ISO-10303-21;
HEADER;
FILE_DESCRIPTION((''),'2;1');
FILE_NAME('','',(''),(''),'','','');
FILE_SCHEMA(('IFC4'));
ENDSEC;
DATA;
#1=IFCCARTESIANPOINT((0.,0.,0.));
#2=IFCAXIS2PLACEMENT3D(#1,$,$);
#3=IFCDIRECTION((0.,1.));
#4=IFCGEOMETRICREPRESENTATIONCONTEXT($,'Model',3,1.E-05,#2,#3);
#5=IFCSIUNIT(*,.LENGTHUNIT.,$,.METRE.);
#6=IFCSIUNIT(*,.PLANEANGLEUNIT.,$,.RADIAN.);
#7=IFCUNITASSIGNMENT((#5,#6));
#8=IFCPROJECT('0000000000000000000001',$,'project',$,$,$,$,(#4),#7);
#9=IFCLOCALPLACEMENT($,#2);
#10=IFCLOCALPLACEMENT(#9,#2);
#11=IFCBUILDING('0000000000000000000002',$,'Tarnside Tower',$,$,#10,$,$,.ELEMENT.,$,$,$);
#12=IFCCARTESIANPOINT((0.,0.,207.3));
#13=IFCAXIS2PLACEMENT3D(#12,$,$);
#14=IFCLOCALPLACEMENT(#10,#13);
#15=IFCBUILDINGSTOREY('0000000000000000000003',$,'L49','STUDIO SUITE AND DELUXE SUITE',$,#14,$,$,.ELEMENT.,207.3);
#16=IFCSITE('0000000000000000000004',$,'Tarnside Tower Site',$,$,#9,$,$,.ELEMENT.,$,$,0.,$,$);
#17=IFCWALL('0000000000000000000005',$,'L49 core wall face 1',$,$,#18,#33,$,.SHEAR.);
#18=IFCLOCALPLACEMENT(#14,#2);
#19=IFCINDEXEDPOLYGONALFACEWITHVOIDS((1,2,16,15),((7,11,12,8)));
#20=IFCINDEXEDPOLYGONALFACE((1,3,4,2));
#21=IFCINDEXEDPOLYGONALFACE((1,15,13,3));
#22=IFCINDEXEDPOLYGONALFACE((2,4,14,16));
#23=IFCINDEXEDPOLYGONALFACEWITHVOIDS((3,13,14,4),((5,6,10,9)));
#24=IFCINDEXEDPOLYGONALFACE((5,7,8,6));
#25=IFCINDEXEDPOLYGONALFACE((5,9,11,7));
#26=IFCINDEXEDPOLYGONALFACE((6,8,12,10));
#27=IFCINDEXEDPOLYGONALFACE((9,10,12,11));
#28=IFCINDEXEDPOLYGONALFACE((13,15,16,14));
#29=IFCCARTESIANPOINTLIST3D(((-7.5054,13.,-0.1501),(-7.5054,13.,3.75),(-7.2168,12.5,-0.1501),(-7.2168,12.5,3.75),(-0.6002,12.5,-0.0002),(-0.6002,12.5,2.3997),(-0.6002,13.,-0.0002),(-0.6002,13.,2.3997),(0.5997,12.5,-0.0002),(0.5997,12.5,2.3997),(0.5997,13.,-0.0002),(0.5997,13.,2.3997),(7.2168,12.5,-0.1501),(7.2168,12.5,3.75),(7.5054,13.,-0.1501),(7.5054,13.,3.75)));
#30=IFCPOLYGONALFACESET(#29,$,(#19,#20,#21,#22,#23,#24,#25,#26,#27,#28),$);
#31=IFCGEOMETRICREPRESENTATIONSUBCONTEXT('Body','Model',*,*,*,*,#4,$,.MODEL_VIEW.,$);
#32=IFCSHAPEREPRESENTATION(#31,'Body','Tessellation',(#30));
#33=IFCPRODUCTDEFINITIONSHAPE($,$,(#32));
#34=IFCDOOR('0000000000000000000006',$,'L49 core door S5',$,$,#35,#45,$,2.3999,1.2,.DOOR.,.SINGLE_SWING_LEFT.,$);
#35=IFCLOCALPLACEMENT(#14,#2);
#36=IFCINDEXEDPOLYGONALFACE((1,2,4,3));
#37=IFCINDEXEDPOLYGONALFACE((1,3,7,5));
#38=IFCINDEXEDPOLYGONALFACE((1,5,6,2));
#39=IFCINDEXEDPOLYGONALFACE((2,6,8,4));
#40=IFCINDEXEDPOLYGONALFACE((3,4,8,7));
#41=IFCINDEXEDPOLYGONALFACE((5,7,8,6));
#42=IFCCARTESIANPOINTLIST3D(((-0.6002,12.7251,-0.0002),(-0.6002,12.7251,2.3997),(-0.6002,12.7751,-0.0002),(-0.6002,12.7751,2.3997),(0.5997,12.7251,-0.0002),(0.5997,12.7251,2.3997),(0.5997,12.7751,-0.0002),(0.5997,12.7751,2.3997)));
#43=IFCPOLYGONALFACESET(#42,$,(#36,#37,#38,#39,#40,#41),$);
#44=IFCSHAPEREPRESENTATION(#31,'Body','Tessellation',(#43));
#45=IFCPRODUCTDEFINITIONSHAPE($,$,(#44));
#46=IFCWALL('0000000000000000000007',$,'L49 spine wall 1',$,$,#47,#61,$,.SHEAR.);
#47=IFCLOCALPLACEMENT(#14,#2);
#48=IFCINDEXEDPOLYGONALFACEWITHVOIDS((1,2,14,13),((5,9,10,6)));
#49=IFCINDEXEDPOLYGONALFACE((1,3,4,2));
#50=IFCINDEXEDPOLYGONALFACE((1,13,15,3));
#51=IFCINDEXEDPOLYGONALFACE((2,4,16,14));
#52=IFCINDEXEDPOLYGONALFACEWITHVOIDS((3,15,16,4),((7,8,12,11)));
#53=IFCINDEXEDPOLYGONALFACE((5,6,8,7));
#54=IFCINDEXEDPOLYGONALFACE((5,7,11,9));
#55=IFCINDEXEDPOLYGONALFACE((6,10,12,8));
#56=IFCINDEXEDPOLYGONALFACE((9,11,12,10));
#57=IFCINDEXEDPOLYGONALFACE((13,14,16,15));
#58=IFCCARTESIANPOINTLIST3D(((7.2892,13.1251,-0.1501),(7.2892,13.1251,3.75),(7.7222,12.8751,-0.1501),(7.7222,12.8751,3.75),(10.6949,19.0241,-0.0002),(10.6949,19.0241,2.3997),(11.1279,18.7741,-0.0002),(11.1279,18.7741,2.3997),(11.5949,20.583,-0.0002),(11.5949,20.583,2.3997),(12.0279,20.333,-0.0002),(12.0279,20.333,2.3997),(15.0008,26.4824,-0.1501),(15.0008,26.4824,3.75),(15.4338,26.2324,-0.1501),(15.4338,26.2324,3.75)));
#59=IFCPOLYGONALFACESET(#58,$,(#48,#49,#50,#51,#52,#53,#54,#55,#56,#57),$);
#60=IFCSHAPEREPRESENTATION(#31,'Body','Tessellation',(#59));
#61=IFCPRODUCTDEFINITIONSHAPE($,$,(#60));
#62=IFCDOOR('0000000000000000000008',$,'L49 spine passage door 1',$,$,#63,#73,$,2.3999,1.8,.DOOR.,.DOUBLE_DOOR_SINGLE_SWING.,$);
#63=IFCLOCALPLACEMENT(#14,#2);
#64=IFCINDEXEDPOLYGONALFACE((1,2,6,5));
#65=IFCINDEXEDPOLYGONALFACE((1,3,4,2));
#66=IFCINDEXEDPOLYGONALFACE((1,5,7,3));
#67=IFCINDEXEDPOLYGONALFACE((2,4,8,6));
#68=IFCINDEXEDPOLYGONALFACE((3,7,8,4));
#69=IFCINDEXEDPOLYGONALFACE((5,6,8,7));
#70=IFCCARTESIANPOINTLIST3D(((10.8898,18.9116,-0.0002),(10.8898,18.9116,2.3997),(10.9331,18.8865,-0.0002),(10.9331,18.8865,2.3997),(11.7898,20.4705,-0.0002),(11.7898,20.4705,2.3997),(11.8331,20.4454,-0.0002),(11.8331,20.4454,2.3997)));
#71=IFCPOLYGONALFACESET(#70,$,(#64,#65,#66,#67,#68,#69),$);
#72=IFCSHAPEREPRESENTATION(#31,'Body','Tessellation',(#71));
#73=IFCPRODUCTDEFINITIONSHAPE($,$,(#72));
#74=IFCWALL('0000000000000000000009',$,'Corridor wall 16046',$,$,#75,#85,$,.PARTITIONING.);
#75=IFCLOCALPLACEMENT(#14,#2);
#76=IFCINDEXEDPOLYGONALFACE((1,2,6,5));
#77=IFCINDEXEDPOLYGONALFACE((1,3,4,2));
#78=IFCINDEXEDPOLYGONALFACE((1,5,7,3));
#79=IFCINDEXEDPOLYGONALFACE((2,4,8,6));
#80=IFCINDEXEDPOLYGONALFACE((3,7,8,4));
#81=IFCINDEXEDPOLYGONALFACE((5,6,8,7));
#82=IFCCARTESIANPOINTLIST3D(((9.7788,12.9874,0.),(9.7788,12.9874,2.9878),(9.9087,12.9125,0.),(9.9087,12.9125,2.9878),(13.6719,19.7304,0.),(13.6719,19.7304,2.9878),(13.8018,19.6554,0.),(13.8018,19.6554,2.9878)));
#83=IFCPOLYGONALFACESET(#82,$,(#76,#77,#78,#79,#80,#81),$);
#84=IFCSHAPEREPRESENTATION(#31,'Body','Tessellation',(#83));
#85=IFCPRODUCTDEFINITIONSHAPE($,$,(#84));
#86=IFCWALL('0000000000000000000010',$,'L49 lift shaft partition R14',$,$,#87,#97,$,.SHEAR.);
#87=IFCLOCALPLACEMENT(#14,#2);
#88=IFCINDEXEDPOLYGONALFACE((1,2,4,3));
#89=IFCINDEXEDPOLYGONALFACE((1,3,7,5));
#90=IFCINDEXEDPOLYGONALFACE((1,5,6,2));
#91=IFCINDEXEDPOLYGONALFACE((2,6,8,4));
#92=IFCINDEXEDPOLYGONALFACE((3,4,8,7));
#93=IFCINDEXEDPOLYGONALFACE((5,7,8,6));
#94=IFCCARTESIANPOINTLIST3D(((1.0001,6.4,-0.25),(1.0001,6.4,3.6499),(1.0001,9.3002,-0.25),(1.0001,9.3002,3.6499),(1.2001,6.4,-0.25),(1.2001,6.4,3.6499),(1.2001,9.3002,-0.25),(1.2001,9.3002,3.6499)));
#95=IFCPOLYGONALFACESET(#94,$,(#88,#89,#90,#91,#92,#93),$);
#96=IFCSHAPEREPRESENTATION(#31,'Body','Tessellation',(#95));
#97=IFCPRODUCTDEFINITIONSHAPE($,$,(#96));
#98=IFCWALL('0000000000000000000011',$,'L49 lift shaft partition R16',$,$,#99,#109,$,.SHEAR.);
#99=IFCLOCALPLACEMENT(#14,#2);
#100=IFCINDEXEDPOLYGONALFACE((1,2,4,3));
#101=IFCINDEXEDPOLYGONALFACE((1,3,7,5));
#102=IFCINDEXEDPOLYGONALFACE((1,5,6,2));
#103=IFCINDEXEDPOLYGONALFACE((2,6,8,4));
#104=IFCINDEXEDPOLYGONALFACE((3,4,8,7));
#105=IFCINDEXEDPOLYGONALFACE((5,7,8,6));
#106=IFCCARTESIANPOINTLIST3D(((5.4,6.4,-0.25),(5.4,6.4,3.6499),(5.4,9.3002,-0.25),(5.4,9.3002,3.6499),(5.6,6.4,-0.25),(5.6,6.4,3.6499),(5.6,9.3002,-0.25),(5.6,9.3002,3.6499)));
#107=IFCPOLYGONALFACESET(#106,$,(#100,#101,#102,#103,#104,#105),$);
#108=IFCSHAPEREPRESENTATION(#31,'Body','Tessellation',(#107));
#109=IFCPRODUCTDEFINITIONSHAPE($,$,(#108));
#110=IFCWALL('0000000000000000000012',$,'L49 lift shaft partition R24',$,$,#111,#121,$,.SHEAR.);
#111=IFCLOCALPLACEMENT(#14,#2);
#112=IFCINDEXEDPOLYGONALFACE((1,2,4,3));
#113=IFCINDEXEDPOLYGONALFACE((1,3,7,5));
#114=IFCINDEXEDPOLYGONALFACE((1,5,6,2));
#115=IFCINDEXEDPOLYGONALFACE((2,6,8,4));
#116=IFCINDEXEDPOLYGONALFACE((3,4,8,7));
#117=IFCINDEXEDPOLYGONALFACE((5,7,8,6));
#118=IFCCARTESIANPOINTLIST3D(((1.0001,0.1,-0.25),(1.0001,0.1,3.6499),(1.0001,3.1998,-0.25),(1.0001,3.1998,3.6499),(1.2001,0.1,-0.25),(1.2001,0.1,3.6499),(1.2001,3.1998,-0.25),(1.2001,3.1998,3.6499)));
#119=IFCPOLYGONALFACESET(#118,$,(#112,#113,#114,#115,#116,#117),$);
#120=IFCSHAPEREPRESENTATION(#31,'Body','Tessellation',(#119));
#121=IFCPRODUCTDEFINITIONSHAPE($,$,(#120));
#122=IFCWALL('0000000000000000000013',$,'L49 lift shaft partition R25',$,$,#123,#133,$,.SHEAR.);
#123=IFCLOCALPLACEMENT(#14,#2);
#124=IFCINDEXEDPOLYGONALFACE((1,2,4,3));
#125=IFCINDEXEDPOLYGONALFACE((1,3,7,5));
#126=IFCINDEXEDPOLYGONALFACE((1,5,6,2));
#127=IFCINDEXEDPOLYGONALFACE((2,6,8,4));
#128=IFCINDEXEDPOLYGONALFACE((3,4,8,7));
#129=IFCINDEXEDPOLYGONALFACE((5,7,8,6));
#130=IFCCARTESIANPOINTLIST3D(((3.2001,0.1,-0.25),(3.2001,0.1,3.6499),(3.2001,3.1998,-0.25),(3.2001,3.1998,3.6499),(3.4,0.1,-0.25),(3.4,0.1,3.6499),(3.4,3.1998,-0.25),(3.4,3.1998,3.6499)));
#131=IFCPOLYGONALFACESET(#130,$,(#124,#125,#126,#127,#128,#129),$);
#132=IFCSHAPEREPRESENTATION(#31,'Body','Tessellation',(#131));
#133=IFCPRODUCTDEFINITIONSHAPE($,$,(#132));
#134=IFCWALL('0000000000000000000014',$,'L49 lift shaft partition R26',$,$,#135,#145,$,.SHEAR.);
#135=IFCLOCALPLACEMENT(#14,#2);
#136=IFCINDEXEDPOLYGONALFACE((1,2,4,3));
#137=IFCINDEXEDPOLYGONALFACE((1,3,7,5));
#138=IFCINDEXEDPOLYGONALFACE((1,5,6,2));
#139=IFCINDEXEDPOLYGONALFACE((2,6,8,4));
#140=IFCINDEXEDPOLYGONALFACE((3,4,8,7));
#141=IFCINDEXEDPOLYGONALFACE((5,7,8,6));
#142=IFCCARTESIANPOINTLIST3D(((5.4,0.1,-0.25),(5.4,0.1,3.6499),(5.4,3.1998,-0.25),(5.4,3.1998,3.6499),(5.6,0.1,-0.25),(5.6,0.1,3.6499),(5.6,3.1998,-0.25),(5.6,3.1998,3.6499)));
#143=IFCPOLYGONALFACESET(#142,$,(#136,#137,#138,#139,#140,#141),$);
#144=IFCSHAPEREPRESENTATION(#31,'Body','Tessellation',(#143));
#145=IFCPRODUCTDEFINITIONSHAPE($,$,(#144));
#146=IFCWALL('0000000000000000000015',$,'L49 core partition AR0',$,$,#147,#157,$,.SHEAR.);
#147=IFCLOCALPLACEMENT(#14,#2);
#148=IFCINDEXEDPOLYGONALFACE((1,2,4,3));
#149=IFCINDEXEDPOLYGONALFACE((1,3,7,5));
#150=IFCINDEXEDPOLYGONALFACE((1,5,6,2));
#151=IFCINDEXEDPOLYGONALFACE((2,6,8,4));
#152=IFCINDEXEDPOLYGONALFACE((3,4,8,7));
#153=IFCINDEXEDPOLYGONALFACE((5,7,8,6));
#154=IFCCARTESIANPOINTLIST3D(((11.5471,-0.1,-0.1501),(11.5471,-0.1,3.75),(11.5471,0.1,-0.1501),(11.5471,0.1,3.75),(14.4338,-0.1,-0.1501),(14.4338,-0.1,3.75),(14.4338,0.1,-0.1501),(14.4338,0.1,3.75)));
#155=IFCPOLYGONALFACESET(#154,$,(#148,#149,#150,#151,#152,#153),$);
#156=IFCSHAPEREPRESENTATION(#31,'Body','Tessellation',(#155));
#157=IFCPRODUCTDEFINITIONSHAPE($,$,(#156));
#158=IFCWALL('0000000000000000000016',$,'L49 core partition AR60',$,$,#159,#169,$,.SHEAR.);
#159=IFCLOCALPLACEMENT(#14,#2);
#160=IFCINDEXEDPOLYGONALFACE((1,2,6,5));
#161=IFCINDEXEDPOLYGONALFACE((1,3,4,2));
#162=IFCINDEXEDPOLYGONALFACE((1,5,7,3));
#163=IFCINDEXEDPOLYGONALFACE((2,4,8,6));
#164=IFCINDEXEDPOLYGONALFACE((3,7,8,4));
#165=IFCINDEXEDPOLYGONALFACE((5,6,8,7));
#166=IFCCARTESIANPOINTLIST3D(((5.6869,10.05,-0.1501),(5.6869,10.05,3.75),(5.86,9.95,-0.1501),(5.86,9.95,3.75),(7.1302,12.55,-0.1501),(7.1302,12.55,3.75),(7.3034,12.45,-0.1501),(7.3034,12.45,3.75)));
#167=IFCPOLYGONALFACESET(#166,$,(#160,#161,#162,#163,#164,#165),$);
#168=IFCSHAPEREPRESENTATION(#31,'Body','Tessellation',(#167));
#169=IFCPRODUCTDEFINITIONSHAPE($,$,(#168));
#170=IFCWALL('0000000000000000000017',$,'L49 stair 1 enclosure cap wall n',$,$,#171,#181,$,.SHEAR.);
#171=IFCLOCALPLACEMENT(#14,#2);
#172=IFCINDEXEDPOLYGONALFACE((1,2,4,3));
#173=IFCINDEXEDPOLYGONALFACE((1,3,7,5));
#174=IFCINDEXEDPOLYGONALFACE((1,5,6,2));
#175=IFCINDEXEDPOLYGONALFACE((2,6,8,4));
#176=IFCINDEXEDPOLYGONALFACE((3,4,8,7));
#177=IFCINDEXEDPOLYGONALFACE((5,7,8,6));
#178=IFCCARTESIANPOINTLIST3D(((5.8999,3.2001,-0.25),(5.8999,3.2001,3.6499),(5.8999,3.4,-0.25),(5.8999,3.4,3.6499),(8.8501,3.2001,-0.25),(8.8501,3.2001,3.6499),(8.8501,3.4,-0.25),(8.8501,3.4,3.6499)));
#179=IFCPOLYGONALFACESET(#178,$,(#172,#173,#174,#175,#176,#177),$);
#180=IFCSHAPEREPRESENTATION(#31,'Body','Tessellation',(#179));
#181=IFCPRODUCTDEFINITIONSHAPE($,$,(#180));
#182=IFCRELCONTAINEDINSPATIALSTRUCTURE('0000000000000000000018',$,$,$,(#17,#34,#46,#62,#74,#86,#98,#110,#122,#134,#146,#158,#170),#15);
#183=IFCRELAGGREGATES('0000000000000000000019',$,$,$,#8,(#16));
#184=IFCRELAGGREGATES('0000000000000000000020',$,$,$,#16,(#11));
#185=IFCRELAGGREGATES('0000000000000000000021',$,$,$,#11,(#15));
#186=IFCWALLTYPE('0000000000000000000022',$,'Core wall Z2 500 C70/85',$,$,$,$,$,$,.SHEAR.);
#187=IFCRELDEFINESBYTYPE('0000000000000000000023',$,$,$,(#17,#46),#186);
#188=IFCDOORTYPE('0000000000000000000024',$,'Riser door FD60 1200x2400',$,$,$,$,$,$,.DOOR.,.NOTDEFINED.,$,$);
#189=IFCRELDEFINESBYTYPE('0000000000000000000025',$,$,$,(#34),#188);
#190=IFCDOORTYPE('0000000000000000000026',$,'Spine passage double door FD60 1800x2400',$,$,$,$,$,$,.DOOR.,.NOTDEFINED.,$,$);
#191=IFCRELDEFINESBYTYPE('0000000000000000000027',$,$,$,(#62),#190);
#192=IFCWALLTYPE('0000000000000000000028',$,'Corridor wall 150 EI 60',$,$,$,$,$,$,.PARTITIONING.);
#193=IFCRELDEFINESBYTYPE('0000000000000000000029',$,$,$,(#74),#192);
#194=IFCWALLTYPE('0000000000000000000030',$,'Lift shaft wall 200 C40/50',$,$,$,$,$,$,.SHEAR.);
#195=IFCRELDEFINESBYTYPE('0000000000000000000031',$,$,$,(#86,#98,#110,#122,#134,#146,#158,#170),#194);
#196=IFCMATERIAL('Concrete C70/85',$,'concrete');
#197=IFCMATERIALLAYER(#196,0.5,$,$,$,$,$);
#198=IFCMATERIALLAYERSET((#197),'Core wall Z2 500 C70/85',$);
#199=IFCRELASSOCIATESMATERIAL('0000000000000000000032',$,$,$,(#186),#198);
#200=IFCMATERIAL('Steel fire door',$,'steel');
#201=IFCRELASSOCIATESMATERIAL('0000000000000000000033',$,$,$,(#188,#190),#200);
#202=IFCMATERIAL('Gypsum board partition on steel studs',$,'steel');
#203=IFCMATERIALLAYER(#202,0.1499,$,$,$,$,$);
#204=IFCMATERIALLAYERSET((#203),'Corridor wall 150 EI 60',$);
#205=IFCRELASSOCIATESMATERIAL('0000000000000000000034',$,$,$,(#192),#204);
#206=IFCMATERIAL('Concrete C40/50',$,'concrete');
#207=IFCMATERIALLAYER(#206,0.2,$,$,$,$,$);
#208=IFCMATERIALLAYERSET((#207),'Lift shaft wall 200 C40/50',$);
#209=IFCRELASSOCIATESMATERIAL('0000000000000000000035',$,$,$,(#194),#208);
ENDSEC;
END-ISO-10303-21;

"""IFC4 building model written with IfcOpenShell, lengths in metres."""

from ifc_helpers import new_model, si_unit, direction, frame, frame_2d, origin, place, context, subcontext, project, spatial, polyline, rectangle, outline, extrude, material, layer, layer_set, type_object, element, fill, save


model = new_model("IFC4")

# Units and contexts
model_context = context("Model", 3, precision=1e-05, world=origin(), true_north=direction((0.0, 1.0)))
body_context = subcontext(model_context, "Body", "Model", "MODEL_VIEW")
ifc_project = project(units=[si_unit("LENGTHUNIT", "METRE"), si_unit("PLANEANGLEUNIT", "RADIAN")], contexts=[model_context])

# Site, building, storey
site_placement = place(None, origin())
site = spatial("IfcSite", under=ifc_project, at=site_placement, Name="Tarnside Tower Site", CompositionType="ELEMENT", RefElevation=0.0)
building_placement = place(site_placement, origin())
building = spatial("IfcBuilding", under=site, at=building_placement, Name="Tarnside Tower", CompositionType="ELEMENT")
storey_placement = place(building_placement, frame((0.0, 0.0, 207.3)))
storey = spatial("IfcBuildingStorey", under=building, at=storey_placement, Name="L49", Description="STUDIO SUITE AND DELUXE SUITE", CompositionType="ELEMENT", Elevation=207.3)

# Shared definitions
ifc_material_1 = material(Name="Concrete C40/50", Category="concrete")

# Shared definitions
ifc_material_2 = material(Name="Gypsum board partition on steel studs", Category="steel")

# Shared definitions
ifc_material_3 = material(Name="Steel fire door", Category="steel")

# Walls, openings, doors
ifc_material_4 = material(Name="Concrete C70/85", Category="concrete")
ifc_layer_1 = layer(ifc_material_4, 0.5)
ifc_layer_set_1 = layer_set([ifc_layer_1], Name="Core wall Z2 500 C70/85")
wall_type_1 = type_object("IfcWallType", Name="Core wall Z2 500 C70/85", PredefinedType="SHEAR", material=ifc_layer_set_1)
wall_1_placement = place(storey_placement, frame((7.3611, 12.75, -0.1501), z_axis=(0.0, 0.0, 1.0), x_axis=(-1.0, 0.0, 0.0)))
wall_1 = element("IfcWall", 1, at=wall_1_placement, inside=storey, type_object=wall_type_1, Name="L49 core wall face 1", PredefinedType="SHEAR", context=body_context, shape_type="SweptSolid", body=[
    extrude(outline(polyline([(-0.1443, -0.25), (14.8665, -0.25), (14.5779, 0.25), (0.1443, 0.25), (-0.1443, -0.25)])), origin(), (0.0, 0.0, 1.0), 3.9001),
])
opening_1_placement = place(wall_1_placement, frame((6.7612, 0.0, 0.1499)))
opening_1 = element("IfcOpeningElement", 2, at=opening_1_placement, cuts=wall_1, PredefinedType="OPENING", context=body_context, shape_type="SweptSolid", body=[
    extrude(rectangle(XDim=1.2, YDim=2.3999, at=frame_2d((0.6001, 1.2))), frame((0.0, 0.26, 0.0), z_axis=(0.0, -1.0, 0.0), x_axis=(1.0, 0.0, 0.0)), (0.0, 0.0, 1.0), 0.52),
])
door_type_1 = type_object("IfcDoorType", Name="Riser door FD60 1200x2400", OperationType="NOTDEFINED", PredefinedType="DOOR", material=ifc_material_3)
door_1_placement = place(opening_1_placement, origin())
door_1 = element("IfcDoor", 3, at=door_1_placement, inside=storey, type_object=door_type_1, Name="L49 core door S5", OperationType="SINGLE_SWING_LEFT", OverallHeight=2.3999, OverallWidth=1.2, PredefinedType="DOOR", context=body_context, shape_type="SweptSolid", body=[
    extrude(rectangle(XDim=1.2, YDim=2.3999, at=frame_2d((0.6001, 1.2))), frame((0.0, 0.0249, 0.0), z_axis=(0.0, -1.0, 0.0), x_axis=(1.0, 0.0, 0.0)), (0.0, 0.0, 1.0), 0.05),
])
fill(opening_1, door_1)
wall_2_placement = place(storey_placement, frame((7.5056, 13.0, -0.1501), z_axis=(0.0, 0.0, 1.0), x_axis=(0.499988, 0.866032, 0.0)))
wall_2 = element("IfcWall", 4, at=wall_2_placement, inside=storey, type_object=wall_type_1, Name="L49 spine wall 1", PredefinedType="SHEAR", context=body_context, shape_type="SweptSolid", body=[
    extrude(rectangle(XDim=15.4236, YDim=0.5, at=frame_2d((7.7119, 0.0))), origin(), (0.0, 0.0, 1.0), 3.9001),
])
opening_2_placement = place(wall_2_placement, frame((6.8118, 0.0, 0.1499)))
opening_2 = element("IfcOpeningElement", 5, at=opening_2_placement, cuts=wall_2, PredefinedType="OPENING", context=body_context, shape_type="SweptSolid", body=[
    extrude(rectangle(XDim=1.8, YDim=2.3999, at=frame_2d((0.8999, 1.2))), frame((0.0, 0.26, 0.0), z_axis=(0.0, -1.0, 0.0), x_axis=(1.0, 0.0, 0.0)), (0.0, 0.0, 1.0), 0.52),
])
door_type_2 = type_object("IfcDoorType", Name="Spine passage double door FD60 1800x2400", OperationType="NOTDEFINED", PredefinedType="DOOR", material=ifc_material_3)
door_2_placement = place(opening_2_placement, origin())
door_2 = element("IfcDoor", 6, at=door_2_placement, inside=storey, type_object=door_type_2, Name="L49 spine passage door 1", OperationType="DOUBLE_DOOR_SINGLE_SWING", OverallHeight=2.3999, OverallWidth=1.8, PredefinedType="DOOR", context=body_context, shape_type="SweptSolid", body=[
    extrude(rectangle(XDim=1.8, YDim=2.3999, at=frame_2d((0.8999, 1.2))), frame((0.0, 0.0249, 0.0), z_axis=(0.0, -1.0, 0.0), x_axis=(1.0, 0.0, 0.0)), (0.0, 0.0, 1.0), 0.05),
])
fill(opening_2, door_2)

# Walls
ifc_layer_2 = layer(ifc_material_2, 0.1499)
ifc_layer_set_2 = layer_set([ifc_layer_2], Name="Corridor wall 150 EI 60")
wall_type_2 = type_object("IfcWallType", Name="Corridor wall 150 EI 60", PredefinedType="PARTITIONING", material=ifc_layer_set_2)
wall_3_placement = place(storey_placement, frame((9.8438, 12.95, 0.0), z_axis=(0.0, 0.0, 1.0), x_axis=(0.500004, 0.866023, 0.0)))
element("IfcWall", 7, at=wall_3_placement, inside=storey, type_object=wall_type_2, Name="Corridor wall 16046", PredefinedType="PARTITIONING", context=body_context, shape_type="SweptSolid", body=[
    extrude(rectangle(XDim=7.7861, YDim=0.1499, at=frame_2d((3.8931, 0.0))), origin(), (0.0, 0.0, 1.0), 2.9878),
])
ifc_layer_3 = layer(ifc_material_1, 0.2)
ifc_layer_set_3 = layer_set([ifc_layer_3], Name="Lift shaft wall 200 C40/50")
wall_type_3 = type_object("IfcWallType", Name="Lift shaft wall 200 C40/50", PredefinedType="SHEAR", material=ifc_layer_set_3)
for number, where, z_axis, x_axis, name in (
    (8, (1.1001, 6.3999, -0.25), (0.0, 0.0, 1.0), (0.0, 1.0, 0.0), "L49 lift shaft partition R14"),
    (9, (5.5, 6.3999, -0.25), (0.0, 0.0, 1.0), (0.0, 1.0, 0.0), "L49 lift shaft partition R16"),
):
    element("IfcWall", number, at=place(storey_placement, frame(where, z_axis=z_axis, x_axis=x_axis)), inside=storey, type_object=wall_type_3, Name=name, PredefinedType="SHEAR", context=body_context, shape_type="SweptSolid", body=[
        extrude(rectangle(XDim=2.9001, YDim=0.2, at=frame_2d((1.4502, 0.0))), origin(), (0.0, 0.0, 1.0), 3.8999),
    ])
for number, where, z_axis, x_axis, name in (
    (10, (1.1001, 0.1001, -0.25), (0.0, 0.0, 1.0), (0.0, 1.0, 0.0), "L49 lift shaft partition R24"),
    (11, (3.3, 0.1001, -0.25), (0.0, 0.0, 1.0), (0.0, 1.0, 0.0), "L49 lift shaft partition R25"),
    (12, (5.5, 0.1001, -0.25), (0.0, 0.0, 1.0), (0.0, 1.0, 0.0), "L49 lift shaft partition R26"),
):
    element("IfcWall", number, at=place(storey_placement, frame(where, z_axis=z_axis, x_axis=x_axis)), inside=storey, type_object=wall_type_3, Name=name, PredefinedType="SHEAR", context=body_context, shape_type="SweptSolid", body=[
        extrude(rectangle(XDim=3.0999, YDim=0.2, at=frame_2d((1.5498, 0.0))), origin(), (0.0, 0.0, 1.0), 3.8999),
    ])
for number, where, z_axis, x_axis, name in (
    (13, (11.5471, 0.0, -0.1501), (0.0, 0.0, 1.0), (1.0, 0.0, 0.0), "L49 core partition AR0"),
    (14, (5.7734, 10.0, -0.1501), (0.0, 0.0, 1.0), (0.499996, 0.866028, 0.0), "L49 core partition AR60"),
):
    element("IfcWall", number, at=place(storey_placement, frame(where, z_axis=z_axis, x_axis=x_axis)), inside=storey, type_object=wall_type_3, Name=name, PredefinedType="SHEAR", context=body_context, shape_type="SweptSolid", body=[
        extrude(rectangle(XDim=2.8867, YDim=0.2, at=frame_2d((1.4434, 0.0))), origin(), (0.0, 0.0, 1.0), 3.9001),
    ])
wall_4_placement = place(storey_placement, frame((5.8999, 3.3, -0.25), z_axis=(0.0, 0.0, 1.0), x_axis=(1.0, 0.0, 0.0)))
element("IfcWall", 15, at=wall_4_placement, inside=storey, type_object=wall_type_3, Name="L49 stair 1 enclosure cap wall n", PredefinedType="SHEAR", context=body_context, shape_type="SweptSolid", body=[
    extrude(rectangle(XDim=2.9502, YDim=0.2, at=frame_2d((1.4751, 0.0))), origin(), (0.0, 0.0, 1.0), 3.8999),
])

save(model, "model.ifc")
